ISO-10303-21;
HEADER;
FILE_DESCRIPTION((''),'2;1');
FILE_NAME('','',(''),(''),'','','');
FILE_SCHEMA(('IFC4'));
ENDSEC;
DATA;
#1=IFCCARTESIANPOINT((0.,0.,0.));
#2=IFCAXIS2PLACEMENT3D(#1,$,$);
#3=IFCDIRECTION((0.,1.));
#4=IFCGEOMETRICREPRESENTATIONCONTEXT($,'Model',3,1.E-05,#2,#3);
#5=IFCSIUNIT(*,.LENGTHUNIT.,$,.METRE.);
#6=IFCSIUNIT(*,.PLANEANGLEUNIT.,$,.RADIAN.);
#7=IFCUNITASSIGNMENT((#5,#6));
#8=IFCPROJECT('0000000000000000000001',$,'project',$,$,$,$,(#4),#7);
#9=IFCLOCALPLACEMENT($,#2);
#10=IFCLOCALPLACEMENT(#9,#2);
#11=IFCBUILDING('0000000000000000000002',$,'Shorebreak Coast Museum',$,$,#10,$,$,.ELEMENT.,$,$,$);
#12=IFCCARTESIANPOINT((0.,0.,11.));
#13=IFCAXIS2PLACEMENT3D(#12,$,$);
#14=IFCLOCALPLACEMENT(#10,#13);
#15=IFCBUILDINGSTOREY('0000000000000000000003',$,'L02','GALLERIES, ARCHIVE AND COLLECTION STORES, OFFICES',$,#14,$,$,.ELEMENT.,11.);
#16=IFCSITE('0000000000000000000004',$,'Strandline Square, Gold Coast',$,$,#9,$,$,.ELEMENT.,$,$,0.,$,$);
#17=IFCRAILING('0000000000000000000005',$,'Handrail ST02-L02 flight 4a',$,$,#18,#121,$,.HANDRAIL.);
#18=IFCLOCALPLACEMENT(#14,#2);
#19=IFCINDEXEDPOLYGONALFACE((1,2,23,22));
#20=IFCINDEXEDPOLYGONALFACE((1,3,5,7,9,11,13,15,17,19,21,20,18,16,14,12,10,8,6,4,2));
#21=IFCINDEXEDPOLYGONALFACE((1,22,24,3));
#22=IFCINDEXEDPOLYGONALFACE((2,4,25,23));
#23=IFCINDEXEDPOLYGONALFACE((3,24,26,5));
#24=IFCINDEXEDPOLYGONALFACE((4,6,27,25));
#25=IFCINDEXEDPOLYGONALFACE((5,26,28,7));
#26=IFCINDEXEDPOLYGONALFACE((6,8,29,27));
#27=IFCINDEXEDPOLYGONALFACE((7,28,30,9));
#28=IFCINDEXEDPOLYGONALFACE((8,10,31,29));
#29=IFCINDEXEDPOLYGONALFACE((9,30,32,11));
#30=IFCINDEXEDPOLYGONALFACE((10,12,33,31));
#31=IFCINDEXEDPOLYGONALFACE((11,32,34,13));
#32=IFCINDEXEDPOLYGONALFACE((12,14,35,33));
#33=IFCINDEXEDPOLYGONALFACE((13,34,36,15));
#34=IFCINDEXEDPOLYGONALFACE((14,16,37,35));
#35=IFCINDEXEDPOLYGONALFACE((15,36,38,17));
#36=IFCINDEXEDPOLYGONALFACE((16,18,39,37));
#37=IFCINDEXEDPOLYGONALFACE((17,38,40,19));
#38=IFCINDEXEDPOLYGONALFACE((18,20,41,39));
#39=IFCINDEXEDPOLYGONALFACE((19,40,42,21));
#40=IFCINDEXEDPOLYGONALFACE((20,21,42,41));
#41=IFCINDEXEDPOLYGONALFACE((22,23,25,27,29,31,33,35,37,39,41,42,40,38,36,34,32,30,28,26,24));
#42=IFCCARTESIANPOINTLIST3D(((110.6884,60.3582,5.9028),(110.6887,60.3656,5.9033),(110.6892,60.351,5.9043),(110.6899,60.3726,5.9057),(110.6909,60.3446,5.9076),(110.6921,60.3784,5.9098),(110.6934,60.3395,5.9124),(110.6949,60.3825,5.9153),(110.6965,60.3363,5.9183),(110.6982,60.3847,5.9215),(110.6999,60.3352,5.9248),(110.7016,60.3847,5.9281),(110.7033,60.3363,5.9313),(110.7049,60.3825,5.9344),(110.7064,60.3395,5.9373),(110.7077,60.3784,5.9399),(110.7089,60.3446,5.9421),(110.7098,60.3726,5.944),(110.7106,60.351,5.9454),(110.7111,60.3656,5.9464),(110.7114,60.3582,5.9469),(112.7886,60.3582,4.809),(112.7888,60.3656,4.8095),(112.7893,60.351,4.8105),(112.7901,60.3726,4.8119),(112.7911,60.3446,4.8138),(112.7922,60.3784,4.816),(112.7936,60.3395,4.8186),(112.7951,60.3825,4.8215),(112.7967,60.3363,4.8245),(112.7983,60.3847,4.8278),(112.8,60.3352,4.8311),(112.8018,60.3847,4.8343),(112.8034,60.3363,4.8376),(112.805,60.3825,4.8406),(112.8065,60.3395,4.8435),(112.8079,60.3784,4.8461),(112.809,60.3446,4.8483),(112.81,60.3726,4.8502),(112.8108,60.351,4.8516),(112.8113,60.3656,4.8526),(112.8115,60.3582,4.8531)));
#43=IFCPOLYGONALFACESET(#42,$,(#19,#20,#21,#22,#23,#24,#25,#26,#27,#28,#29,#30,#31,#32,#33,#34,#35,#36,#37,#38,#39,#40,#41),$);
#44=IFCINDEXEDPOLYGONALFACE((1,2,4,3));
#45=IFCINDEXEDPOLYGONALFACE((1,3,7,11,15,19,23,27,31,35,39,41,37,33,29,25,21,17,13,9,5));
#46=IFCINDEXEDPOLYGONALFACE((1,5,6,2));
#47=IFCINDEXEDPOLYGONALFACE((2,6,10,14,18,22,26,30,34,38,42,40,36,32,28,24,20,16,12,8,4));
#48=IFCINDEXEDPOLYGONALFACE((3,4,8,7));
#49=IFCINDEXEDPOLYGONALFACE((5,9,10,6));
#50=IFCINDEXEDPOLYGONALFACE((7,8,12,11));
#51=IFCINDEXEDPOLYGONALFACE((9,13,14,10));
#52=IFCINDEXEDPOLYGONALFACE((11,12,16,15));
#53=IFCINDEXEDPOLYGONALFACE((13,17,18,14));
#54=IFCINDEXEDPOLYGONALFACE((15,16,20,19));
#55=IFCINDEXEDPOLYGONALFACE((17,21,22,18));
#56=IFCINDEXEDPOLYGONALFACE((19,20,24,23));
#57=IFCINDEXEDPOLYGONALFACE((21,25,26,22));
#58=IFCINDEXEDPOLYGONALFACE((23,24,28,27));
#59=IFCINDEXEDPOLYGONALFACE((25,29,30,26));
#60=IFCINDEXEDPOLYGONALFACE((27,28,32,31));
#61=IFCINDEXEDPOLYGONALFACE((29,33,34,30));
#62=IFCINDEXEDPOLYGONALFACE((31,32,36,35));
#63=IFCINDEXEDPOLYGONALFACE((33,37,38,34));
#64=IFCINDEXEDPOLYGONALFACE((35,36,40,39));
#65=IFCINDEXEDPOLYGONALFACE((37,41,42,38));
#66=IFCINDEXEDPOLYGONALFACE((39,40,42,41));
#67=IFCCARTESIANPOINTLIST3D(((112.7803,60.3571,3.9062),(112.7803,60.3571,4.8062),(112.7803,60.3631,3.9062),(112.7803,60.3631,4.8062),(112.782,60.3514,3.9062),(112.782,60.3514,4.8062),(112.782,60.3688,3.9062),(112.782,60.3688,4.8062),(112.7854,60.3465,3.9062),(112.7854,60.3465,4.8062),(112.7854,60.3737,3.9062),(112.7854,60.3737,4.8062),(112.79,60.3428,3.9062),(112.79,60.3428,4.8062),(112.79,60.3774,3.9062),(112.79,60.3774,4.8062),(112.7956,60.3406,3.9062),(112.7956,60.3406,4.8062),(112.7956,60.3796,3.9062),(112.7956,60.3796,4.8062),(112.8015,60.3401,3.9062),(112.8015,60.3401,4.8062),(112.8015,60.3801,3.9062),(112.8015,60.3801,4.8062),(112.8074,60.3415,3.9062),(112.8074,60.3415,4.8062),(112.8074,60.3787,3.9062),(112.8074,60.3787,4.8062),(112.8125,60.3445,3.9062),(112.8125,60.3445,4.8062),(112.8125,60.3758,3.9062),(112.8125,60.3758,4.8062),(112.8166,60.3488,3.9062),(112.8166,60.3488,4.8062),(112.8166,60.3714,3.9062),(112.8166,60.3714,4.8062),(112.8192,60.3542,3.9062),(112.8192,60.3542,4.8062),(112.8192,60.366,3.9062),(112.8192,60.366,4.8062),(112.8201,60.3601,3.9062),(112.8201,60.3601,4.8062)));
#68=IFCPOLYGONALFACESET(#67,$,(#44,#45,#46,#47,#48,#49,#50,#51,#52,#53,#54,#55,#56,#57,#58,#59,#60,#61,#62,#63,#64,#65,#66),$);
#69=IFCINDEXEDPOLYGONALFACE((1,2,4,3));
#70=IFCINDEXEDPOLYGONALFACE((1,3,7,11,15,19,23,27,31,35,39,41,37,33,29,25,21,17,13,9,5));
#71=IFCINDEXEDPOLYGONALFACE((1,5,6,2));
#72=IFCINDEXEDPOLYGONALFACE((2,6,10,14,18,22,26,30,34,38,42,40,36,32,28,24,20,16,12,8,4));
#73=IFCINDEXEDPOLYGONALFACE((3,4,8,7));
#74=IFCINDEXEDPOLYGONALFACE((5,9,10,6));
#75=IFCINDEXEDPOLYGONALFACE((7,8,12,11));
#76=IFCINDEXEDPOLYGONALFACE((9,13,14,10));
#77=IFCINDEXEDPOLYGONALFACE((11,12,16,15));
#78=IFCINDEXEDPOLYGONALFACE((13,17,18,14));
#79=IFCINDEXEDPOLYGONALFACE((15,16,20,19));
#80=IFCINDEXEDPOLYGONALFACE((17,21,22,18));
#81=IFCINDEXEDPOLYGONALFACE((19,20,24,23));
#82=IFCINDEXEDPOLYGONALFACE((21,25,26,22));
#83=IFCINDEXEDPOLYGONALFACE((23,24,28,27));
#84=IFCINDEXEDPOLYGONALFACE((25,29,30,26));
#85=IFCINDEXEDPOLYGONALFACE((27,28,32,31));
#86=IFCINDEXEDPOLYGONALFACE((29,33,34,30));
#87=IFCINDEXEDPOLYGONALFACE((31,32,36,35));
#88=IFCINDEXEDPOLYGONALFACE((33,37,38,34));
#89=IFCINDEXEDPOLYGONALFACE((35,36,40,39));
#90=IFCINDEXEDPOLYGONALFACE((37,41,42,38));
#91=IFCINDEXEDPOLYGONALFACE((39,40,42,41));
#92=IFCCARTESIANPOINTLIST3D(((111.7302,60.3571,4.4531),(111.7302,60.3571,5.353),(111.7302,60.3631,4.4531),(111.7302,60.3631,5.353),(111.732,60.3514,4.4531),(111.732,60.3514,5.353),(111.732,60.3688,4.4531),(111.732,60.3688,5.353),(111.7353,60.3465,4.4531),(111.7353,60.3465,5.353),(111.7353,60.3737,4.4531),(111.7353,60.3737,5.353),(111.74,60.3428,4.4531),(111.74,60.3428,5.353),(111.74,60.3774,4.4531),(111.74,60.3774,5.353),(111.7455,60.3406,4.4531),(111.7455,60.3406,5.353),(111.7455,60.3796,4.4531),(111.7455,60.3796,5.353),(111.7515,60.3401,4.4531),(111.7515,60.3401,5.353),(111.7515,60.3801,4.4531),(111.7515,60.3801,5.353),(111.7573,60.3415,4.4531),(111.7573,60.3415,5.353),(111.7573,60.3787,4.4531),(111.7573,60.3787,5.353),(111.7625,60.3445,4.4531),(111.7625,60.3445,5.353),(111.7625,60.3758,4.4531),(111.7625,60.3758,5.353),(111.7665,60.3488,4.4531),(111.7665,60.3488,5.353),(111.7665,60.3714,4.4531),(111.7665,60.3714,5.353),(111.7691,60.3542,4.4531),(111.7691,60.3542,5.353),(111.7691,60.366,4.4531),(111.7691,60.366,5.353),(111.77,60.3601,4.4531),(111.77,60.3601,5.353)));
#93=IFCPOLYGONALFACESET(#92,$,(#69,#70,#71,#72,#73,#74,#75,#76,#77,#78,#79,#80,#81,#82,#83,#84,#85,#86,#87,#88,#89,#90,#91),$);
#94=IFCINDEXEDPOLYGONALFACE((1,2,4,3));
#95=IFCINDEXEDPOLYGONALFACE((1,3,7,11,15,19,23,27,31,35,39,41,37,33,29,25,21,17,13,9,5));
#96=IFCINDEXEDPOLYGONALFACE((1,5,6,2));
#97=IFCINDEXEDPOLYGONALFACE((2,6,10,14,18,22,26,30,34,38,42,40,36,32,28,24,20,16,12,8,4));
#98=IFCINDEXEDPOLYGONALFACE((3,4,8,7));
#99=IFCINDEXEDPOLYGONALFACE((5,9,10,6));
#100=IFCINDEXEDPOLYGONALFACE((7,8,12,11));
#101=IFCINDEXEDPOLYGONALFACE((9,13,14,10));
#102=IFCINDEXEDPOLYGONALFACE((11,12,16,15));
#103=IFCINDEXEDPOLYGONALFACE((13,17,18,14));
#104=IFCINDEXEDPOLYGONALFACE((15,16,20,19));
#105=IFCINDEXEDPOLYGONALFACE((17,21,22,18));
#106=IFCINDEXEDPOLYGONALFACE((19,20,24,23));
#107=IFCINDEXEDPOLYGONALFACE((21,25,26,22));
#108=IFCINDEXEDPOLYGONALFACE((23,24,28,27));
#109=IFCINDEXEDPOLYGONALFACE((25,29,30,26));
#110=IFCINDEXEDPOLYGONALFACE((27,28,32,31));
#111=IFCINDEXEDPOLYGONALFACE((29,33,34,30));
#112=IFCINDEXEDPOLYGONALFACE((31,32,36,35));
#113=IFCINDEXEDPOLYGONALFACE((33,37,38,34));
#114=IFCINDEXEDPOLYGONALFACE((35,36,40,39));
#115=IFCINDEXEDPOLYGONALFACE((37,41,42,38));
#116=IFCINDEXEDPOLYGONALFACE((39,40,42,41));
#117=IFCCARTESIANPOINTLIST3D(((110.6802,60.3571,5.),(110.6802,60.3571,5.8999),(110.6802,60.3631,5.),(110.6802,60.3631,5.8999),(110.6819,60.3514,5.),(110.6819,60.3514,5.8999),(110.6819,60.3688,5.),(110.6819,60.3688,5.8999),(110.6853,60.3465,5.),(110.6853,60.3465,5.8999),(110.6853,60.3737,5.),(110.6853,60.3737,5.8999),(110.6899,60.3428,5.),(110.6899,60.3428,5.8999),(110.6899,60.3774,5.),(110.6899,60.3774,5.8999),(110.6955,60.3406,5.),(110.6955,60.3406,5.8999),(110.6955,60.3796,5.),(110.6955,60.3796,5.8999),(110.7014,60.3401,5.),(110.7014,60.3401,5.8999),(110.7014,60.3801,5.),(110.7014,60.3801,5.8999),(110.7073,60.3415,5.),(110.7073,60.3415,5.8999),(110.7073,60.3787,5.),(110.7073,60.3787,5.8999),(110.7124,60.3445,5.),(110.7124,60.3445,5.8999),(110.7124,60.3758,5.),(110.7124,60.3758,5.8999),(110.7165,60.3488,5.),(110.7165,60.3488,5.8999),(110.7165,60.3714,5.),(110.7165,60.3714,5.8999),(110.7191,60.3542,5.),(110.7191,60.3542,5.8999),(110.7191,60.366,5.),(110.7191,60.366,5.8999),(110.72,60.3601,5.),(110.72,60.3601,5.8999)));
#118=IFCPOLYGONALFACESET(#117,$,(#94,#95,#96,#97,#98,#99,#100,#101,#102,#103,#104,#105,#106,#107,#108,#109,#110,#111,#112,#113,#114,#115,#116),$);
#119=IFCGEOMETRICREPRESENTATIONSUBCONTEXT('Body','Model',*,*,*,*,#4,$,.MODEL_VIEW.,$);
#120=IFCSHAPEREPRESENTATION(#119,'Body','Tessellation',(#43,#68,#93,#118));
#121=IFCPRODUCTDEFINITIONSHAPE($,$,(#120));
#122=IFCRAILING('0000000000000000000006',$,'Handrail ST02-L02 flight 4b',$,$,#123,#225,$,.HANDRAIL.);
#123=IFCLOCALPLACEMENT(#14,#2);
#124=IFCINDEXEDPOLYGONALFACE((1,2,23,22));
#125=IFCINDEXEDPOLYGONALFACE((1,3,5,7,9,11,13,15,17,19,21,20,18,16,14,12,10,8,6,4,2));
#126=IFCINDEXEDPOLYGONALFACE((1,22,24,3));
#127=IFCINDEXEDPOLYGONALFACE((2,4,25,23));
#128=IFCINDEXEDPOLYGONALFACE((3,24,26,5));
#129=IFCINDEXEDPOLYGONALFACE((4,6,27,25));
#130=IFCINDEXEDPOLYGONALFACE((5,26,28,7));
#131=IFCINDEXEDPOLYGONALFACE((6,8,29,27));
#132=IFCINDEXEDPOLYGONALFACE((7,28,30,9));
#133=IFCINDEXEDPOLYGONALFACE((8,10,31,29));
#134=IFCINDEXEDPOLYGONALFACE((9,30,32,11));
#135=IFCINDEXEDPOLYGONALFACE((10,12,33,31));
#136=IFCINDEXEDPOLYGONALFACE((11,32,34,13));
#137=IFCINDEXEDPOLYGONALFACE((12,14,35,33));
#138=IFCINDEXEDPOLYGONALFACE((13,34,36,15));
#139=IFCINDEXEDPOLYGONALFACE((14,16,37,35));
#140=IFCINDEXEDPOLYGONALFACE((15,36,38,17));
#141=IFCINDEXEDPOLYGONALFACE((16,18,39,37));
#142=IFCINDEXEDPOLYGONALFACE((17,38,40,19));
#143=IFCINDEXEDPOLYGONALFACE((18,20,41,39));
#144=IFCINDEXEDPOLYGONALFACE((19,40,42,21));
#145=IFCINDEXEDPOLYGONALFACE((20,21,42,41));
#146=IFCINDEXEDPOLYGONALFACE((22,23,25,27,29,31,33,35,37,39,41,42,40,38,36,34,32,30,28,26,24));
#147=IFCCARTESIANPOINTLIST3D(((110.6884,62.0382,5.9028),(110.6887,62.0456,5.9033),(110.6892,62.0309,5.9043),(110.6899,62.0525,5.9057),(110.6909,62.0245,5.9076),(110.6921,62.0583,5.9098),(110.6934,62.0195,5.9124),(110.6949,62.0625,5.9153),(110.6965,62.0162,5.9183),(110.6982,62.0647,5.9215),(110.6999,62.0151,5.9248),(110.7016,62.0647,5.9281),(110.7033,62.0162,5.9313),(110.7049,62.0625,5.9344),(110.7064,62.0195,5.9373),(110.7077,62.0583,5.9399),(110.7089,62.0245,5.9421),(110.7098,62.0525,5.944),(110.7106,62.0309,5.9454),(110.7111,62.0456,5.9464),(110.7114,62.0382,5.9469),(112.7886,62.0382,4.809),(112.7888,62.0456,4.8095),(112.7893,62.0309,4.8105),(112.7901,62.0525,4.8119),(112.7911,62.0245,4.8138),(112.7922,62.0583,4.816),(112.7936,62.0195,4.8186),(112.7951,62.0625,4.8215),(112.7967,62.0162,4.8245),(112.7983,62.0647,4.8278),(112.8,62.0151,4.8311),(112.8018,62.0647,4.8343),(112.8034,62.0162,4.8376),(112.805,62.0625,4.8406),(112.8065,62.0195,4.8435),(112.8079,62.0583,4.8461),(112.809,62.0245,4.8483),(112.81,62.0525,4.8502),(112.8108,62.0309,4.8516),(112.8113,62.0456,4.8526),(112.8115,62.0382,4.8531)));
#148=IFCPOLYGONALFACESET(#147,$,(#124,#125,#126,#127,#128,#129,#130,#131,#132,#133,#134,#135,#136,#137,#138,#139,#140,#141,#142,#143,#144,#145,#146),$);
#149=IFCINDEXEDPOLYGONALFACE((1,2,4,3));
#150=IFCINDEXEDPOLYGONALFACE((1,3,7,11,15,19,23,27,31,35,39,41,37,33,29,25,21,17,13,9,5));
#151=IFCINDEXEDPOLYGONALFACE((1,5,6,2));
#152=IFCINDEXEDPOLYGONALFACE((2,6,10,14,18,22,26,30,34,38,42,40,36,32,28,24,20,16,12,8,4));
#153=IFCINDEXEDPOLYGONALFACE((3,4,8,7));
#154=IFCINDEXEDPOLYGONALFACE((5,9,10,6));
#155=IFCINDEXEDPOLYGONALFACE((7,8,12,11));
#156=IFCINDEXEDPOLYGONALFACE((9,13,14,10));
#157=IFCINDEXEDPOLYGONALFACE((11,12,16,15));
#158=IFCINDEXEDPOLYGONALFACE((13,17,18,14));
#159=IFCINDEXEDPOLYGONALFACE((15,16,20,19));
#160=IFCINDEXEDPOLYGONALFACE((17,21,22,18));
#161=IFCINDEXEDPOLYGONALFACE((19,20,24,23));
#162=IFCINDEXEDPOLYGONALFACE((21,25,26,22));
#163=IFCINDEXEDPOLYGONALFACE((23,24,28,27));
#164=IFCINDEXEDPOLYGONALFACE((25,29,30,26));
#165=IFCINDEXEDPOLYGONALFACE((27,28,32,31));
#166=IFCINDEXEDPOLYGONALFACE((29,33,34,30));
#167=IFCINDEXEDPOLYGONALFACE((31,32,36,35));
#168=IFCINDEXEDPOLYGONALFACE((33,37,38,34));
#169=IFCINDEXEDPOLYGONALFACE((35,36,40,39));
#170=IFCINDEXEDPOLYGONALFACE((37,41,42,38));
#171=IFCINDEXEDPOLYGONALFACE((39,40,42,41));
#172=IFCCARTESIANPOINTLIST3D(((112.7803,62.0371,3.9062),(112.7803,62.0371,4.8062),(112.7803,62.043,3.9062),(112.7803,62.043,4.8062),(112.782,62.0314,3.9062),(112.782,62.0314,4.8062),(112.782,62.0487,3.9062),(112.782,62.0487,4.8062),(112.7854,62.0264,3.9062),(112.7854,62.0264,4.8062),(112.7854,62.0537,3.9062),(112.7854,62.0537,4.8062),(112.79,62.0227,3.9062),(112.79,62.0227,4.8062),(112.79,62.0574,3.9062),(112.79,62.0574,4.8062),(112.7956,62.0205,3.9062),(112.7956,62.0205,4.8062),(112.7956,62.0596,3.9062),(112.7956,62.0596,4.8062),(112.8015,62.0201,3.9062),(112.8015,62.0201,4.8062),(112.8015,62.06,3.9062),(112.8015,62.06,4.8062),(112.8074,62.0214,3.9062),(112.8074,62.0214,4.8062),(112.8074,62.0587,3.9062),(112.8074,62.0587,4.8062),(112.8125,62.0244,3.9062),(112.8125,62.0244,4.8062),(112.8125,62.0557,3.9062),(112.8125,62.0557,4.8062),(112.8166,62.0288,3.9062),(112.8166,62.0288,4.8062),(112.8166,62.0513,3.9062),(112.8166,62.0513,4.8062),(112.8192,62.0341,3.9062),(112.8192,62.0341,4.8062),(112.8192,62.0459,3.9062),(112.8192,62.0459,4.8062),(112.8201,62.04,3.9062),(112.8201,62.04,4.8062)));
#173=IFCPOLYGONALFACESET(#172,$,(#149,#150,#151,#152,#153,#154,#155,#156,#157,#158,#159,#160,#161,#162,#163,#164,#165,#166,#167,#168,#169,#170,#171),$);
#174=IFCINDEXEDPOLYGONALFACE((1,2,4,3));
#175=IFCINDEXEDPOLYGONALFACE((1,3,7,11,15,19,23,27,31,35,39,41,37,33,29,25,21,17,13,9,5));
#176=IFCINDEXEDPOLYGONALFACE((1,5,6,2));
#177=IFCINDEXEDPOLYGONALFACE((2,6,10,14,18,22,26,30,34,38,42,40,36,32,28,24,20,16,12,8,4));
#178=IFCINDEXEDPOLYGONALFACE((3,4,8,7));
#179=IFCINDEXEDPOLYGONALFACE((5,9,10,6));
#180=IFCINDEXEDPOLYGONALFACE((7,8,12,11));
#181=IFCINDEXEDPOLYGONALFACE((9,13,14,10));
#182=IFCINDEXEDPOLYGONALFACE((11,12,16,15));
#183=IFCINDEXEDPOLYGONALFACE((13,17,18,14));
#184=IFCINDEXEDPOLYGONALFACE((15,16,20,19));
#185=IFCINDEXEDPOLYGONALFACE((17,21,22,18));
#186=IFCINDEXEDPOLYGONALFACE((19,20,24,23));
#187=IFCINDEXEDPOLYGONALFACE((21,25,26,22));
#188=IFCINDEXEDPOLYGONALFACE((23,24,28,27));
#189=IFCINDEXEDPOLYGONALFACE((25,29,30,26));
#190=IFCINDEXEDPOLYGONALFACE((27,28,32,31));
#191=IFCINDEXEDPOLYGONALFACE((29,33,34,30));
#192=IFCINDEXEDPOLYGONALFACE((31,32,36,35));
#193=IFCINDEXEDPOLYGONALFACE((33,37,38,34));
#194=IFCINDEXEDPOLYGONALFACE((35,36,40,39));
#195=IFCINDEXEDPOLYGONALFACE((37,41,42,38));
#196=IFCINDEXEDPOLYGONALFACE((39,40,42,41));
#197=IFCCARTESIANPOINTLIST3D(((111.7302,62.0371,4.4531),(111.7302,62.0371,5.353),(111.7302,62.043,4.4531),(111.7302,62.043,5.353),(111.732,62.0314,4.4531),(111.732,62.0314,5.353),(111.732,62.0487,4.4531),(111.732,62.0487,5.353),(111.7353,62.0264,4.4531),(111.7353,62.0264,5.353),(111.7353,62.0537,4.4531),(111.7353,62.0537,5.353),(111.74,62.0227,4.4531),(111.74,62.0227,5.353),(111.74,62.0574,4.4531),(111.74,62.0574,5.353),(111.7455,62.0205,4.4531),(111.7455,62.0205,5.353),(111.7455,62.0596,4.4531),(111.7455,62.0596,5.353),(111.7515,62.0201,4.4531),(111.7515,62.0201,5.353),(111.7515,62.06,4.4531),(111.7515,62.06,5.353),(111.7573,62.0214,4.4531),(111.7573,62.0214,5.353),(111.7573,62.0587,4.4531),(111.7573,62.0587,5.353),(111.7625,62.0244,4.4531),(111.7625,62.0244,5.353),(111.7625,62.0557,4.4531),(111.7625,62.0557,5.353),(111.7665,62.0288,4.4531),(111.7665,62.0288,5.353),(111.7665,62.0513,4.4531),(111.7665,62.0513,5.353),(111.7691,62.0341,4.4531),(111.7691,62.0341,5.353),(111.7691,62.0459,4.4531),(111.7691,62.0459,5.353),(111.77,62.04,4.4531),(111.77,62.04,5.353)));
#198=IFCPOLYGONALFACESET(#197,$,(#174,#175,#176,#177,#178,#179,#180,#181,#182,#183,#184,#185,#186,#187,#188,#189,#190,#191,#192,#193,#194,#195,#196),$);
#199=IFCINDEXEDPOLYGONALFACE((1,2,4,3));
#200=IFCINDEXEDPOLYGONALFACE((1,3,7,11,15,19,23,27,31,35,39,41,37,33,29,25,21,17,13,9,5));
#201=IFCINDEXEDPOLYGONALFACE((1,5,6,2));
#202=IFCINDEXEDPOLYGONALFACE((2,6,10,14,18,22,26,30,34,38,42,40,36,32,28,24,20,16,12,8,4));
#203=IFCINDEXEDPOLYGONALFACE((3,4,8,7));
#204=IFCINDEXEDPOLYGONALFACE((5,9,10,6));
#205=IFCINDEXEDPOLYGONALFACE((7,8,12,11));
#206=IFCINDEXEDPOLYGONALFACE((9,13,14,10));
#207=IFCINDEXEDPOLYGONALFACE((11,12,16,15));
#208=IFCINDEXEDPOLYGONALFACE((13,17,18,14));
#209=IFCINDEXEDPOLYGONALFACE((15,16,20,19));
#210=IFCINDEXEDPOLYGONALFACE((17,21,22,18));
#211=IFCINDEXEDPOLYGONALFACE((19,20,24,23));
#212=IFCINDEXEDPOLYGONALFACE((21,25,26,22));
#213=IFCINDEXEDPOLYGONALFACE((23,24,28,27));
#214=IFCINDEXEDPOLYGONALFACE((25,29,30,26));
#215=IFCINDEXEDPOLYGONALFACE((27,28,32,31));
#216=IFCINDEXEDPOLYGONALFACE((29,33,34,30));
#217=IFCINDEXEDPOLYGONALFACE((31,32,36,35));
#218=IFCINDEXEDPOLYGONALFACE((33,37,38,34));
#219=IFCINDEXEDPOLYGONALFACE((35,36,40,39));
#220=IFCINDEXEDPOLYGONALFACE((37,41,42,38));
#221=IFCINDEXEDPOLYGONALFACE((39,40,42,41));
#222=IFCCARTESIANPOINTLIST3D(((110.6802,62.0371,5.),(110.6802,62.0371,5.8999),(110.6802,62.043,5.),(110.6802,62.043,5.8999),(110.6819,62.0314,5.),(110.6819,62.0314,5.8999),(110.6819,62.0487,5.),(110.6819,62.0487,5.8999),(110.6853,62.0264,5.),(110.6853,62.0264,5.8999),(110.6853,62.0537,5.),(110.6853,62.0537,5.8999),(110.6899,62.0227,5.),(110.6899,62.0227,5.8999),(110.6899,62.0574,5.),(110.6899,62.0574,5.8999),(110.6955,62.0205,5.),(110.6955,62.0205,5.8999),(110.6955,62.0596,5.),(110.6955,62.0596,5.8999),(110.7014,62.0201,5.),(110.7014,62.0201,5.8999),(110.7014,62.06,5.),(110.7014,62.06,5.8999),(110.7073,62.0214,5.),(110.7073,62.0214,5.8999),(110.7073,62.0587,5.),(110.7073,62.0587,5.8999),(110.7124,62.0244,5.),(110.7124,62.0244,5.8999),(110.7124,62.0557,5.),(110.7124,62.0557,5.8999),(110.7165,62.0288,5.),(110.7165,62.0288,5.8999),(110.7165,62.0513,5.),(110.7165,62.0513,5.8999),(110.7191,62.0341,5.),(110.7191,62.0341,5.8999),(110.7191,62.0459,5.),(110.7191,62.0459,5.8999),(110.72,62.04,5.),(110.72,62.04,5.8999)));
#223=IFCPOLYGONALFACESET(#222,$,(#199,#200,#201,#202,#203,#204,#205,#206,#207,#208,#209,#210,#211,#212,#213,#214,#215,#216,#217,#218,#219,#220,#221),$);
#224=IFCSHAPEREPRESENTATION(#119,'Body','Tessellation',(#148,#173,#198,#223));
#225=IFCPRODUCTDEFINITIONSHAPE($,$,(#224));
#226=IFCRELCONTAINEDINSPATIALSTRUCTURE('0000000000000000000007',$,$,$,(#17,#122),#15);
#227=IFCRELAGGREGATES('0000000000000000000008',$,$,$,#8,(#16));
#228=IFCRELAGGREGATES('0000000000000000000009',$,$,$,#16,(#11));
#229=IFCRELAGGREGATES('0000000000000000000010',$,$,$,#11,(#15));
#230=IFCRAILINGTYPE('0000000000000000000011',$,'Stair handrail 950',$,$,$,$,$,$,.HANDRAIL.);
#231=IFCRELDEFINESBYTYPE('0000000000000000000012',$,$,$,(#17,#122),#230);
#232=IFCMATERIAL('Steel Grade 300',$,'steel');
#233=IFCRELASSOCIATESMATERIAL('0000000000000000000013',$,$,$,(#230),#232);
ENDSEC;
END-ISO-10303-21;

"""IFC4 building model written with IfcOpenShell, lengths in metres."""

from ifc_helpers import new_model, si_unit, direction, frame, origin, origin_2d, place, context, subcontext, project, spatial, circle, extrude, material, type_object, element, save


model = new_model("IFC4")

# Units and contexts
model_context = context("Model", 3, precision=1e-05, world=origin(), true_north=direction((0.0, 1.0)))
body_context = subcontext(model_context, "Body", "Model", "MODEL_VIEW")
ifc_project = project(units=[si_unit("LENGTHUNIT", "METRE"), si_unit("PLANEANGLEUNIT", "RADIAN")], contexts=[model_context])

# Site, building, storey
site_placement = place(None, origin())
site = spatial("IfcSite", under=ifc_project, at=site_placement, Name="Strandline Square, Gold Coast", CompositionType="ELEMENT", RefElevation=0.0)
building_placement = place(site_placement, origin())
building = spatial("IfcBuilding", under=site, at=building_placement, Name="Shorebreak Coast Museum", CompositionType="ELEMENT")
storey_placement = place(building_placement, frame((0.0, 0.0, 11.0)))
storey = spatial("IfcBuildingStorey", under=building, at=storey_placement, Name="L02", Description="GALLERIES, ARCHIVE AND COLLECTION STORES, OFFICES", CompositionType="ELEMENT", Elevation=11.0)

# Railings
ifc_material_1 = material(Name="Steel Grade 300", Category="steel")
railing_type_1 = type_object("IfcRailingType", Name="Stair handrail 950", PredefinedType="HANDRAIL", material=ifc_material_1)
for number, where, name in (
    (1, (112.8, 60.3601, 3.9062), "Handrail ST02-L02 flight 4a"),
    (2, (112.8, 62.04, 3.9062), "Handrail ST02-L02 flight 4b"),
):
    element("IfcRailing", number, at=place(storey_placement, frame(where)), inside=storey, type_object=railing_type_1, Name=name, PredefinedType="HANDRAIL", context=body_context, shape_type="SweptSolid", body=[
        extrude(circle(Radius=0.0249, at=origin_2d()), frame((0.0, 0.0, 0.9248), z_axis=(-0.886923, 0.0, 0.461918), x_axis=(0.0, -1.0, 0.0)), (0.0, 0.0, 1.0), 2.3679),
        extrude(circle(Radius=0.02, at=origin_2d()), origin(), (0.0, 0.0, 1.0), 0.8999),
        extrude(circle(Radius=0.02, at=origin_2d()), frame((-1.05, 0.0, 0.5469)), (0.0, 0.0, 1.0), 0.8999),
        extrude(circle(Radius=0.02, at=origin_2d()), frame((-2.1001, 0.0, 1.0938)), (0.0, 0.0, 1.0), 0.8999),
    ])

save(model, "model.ifc")
